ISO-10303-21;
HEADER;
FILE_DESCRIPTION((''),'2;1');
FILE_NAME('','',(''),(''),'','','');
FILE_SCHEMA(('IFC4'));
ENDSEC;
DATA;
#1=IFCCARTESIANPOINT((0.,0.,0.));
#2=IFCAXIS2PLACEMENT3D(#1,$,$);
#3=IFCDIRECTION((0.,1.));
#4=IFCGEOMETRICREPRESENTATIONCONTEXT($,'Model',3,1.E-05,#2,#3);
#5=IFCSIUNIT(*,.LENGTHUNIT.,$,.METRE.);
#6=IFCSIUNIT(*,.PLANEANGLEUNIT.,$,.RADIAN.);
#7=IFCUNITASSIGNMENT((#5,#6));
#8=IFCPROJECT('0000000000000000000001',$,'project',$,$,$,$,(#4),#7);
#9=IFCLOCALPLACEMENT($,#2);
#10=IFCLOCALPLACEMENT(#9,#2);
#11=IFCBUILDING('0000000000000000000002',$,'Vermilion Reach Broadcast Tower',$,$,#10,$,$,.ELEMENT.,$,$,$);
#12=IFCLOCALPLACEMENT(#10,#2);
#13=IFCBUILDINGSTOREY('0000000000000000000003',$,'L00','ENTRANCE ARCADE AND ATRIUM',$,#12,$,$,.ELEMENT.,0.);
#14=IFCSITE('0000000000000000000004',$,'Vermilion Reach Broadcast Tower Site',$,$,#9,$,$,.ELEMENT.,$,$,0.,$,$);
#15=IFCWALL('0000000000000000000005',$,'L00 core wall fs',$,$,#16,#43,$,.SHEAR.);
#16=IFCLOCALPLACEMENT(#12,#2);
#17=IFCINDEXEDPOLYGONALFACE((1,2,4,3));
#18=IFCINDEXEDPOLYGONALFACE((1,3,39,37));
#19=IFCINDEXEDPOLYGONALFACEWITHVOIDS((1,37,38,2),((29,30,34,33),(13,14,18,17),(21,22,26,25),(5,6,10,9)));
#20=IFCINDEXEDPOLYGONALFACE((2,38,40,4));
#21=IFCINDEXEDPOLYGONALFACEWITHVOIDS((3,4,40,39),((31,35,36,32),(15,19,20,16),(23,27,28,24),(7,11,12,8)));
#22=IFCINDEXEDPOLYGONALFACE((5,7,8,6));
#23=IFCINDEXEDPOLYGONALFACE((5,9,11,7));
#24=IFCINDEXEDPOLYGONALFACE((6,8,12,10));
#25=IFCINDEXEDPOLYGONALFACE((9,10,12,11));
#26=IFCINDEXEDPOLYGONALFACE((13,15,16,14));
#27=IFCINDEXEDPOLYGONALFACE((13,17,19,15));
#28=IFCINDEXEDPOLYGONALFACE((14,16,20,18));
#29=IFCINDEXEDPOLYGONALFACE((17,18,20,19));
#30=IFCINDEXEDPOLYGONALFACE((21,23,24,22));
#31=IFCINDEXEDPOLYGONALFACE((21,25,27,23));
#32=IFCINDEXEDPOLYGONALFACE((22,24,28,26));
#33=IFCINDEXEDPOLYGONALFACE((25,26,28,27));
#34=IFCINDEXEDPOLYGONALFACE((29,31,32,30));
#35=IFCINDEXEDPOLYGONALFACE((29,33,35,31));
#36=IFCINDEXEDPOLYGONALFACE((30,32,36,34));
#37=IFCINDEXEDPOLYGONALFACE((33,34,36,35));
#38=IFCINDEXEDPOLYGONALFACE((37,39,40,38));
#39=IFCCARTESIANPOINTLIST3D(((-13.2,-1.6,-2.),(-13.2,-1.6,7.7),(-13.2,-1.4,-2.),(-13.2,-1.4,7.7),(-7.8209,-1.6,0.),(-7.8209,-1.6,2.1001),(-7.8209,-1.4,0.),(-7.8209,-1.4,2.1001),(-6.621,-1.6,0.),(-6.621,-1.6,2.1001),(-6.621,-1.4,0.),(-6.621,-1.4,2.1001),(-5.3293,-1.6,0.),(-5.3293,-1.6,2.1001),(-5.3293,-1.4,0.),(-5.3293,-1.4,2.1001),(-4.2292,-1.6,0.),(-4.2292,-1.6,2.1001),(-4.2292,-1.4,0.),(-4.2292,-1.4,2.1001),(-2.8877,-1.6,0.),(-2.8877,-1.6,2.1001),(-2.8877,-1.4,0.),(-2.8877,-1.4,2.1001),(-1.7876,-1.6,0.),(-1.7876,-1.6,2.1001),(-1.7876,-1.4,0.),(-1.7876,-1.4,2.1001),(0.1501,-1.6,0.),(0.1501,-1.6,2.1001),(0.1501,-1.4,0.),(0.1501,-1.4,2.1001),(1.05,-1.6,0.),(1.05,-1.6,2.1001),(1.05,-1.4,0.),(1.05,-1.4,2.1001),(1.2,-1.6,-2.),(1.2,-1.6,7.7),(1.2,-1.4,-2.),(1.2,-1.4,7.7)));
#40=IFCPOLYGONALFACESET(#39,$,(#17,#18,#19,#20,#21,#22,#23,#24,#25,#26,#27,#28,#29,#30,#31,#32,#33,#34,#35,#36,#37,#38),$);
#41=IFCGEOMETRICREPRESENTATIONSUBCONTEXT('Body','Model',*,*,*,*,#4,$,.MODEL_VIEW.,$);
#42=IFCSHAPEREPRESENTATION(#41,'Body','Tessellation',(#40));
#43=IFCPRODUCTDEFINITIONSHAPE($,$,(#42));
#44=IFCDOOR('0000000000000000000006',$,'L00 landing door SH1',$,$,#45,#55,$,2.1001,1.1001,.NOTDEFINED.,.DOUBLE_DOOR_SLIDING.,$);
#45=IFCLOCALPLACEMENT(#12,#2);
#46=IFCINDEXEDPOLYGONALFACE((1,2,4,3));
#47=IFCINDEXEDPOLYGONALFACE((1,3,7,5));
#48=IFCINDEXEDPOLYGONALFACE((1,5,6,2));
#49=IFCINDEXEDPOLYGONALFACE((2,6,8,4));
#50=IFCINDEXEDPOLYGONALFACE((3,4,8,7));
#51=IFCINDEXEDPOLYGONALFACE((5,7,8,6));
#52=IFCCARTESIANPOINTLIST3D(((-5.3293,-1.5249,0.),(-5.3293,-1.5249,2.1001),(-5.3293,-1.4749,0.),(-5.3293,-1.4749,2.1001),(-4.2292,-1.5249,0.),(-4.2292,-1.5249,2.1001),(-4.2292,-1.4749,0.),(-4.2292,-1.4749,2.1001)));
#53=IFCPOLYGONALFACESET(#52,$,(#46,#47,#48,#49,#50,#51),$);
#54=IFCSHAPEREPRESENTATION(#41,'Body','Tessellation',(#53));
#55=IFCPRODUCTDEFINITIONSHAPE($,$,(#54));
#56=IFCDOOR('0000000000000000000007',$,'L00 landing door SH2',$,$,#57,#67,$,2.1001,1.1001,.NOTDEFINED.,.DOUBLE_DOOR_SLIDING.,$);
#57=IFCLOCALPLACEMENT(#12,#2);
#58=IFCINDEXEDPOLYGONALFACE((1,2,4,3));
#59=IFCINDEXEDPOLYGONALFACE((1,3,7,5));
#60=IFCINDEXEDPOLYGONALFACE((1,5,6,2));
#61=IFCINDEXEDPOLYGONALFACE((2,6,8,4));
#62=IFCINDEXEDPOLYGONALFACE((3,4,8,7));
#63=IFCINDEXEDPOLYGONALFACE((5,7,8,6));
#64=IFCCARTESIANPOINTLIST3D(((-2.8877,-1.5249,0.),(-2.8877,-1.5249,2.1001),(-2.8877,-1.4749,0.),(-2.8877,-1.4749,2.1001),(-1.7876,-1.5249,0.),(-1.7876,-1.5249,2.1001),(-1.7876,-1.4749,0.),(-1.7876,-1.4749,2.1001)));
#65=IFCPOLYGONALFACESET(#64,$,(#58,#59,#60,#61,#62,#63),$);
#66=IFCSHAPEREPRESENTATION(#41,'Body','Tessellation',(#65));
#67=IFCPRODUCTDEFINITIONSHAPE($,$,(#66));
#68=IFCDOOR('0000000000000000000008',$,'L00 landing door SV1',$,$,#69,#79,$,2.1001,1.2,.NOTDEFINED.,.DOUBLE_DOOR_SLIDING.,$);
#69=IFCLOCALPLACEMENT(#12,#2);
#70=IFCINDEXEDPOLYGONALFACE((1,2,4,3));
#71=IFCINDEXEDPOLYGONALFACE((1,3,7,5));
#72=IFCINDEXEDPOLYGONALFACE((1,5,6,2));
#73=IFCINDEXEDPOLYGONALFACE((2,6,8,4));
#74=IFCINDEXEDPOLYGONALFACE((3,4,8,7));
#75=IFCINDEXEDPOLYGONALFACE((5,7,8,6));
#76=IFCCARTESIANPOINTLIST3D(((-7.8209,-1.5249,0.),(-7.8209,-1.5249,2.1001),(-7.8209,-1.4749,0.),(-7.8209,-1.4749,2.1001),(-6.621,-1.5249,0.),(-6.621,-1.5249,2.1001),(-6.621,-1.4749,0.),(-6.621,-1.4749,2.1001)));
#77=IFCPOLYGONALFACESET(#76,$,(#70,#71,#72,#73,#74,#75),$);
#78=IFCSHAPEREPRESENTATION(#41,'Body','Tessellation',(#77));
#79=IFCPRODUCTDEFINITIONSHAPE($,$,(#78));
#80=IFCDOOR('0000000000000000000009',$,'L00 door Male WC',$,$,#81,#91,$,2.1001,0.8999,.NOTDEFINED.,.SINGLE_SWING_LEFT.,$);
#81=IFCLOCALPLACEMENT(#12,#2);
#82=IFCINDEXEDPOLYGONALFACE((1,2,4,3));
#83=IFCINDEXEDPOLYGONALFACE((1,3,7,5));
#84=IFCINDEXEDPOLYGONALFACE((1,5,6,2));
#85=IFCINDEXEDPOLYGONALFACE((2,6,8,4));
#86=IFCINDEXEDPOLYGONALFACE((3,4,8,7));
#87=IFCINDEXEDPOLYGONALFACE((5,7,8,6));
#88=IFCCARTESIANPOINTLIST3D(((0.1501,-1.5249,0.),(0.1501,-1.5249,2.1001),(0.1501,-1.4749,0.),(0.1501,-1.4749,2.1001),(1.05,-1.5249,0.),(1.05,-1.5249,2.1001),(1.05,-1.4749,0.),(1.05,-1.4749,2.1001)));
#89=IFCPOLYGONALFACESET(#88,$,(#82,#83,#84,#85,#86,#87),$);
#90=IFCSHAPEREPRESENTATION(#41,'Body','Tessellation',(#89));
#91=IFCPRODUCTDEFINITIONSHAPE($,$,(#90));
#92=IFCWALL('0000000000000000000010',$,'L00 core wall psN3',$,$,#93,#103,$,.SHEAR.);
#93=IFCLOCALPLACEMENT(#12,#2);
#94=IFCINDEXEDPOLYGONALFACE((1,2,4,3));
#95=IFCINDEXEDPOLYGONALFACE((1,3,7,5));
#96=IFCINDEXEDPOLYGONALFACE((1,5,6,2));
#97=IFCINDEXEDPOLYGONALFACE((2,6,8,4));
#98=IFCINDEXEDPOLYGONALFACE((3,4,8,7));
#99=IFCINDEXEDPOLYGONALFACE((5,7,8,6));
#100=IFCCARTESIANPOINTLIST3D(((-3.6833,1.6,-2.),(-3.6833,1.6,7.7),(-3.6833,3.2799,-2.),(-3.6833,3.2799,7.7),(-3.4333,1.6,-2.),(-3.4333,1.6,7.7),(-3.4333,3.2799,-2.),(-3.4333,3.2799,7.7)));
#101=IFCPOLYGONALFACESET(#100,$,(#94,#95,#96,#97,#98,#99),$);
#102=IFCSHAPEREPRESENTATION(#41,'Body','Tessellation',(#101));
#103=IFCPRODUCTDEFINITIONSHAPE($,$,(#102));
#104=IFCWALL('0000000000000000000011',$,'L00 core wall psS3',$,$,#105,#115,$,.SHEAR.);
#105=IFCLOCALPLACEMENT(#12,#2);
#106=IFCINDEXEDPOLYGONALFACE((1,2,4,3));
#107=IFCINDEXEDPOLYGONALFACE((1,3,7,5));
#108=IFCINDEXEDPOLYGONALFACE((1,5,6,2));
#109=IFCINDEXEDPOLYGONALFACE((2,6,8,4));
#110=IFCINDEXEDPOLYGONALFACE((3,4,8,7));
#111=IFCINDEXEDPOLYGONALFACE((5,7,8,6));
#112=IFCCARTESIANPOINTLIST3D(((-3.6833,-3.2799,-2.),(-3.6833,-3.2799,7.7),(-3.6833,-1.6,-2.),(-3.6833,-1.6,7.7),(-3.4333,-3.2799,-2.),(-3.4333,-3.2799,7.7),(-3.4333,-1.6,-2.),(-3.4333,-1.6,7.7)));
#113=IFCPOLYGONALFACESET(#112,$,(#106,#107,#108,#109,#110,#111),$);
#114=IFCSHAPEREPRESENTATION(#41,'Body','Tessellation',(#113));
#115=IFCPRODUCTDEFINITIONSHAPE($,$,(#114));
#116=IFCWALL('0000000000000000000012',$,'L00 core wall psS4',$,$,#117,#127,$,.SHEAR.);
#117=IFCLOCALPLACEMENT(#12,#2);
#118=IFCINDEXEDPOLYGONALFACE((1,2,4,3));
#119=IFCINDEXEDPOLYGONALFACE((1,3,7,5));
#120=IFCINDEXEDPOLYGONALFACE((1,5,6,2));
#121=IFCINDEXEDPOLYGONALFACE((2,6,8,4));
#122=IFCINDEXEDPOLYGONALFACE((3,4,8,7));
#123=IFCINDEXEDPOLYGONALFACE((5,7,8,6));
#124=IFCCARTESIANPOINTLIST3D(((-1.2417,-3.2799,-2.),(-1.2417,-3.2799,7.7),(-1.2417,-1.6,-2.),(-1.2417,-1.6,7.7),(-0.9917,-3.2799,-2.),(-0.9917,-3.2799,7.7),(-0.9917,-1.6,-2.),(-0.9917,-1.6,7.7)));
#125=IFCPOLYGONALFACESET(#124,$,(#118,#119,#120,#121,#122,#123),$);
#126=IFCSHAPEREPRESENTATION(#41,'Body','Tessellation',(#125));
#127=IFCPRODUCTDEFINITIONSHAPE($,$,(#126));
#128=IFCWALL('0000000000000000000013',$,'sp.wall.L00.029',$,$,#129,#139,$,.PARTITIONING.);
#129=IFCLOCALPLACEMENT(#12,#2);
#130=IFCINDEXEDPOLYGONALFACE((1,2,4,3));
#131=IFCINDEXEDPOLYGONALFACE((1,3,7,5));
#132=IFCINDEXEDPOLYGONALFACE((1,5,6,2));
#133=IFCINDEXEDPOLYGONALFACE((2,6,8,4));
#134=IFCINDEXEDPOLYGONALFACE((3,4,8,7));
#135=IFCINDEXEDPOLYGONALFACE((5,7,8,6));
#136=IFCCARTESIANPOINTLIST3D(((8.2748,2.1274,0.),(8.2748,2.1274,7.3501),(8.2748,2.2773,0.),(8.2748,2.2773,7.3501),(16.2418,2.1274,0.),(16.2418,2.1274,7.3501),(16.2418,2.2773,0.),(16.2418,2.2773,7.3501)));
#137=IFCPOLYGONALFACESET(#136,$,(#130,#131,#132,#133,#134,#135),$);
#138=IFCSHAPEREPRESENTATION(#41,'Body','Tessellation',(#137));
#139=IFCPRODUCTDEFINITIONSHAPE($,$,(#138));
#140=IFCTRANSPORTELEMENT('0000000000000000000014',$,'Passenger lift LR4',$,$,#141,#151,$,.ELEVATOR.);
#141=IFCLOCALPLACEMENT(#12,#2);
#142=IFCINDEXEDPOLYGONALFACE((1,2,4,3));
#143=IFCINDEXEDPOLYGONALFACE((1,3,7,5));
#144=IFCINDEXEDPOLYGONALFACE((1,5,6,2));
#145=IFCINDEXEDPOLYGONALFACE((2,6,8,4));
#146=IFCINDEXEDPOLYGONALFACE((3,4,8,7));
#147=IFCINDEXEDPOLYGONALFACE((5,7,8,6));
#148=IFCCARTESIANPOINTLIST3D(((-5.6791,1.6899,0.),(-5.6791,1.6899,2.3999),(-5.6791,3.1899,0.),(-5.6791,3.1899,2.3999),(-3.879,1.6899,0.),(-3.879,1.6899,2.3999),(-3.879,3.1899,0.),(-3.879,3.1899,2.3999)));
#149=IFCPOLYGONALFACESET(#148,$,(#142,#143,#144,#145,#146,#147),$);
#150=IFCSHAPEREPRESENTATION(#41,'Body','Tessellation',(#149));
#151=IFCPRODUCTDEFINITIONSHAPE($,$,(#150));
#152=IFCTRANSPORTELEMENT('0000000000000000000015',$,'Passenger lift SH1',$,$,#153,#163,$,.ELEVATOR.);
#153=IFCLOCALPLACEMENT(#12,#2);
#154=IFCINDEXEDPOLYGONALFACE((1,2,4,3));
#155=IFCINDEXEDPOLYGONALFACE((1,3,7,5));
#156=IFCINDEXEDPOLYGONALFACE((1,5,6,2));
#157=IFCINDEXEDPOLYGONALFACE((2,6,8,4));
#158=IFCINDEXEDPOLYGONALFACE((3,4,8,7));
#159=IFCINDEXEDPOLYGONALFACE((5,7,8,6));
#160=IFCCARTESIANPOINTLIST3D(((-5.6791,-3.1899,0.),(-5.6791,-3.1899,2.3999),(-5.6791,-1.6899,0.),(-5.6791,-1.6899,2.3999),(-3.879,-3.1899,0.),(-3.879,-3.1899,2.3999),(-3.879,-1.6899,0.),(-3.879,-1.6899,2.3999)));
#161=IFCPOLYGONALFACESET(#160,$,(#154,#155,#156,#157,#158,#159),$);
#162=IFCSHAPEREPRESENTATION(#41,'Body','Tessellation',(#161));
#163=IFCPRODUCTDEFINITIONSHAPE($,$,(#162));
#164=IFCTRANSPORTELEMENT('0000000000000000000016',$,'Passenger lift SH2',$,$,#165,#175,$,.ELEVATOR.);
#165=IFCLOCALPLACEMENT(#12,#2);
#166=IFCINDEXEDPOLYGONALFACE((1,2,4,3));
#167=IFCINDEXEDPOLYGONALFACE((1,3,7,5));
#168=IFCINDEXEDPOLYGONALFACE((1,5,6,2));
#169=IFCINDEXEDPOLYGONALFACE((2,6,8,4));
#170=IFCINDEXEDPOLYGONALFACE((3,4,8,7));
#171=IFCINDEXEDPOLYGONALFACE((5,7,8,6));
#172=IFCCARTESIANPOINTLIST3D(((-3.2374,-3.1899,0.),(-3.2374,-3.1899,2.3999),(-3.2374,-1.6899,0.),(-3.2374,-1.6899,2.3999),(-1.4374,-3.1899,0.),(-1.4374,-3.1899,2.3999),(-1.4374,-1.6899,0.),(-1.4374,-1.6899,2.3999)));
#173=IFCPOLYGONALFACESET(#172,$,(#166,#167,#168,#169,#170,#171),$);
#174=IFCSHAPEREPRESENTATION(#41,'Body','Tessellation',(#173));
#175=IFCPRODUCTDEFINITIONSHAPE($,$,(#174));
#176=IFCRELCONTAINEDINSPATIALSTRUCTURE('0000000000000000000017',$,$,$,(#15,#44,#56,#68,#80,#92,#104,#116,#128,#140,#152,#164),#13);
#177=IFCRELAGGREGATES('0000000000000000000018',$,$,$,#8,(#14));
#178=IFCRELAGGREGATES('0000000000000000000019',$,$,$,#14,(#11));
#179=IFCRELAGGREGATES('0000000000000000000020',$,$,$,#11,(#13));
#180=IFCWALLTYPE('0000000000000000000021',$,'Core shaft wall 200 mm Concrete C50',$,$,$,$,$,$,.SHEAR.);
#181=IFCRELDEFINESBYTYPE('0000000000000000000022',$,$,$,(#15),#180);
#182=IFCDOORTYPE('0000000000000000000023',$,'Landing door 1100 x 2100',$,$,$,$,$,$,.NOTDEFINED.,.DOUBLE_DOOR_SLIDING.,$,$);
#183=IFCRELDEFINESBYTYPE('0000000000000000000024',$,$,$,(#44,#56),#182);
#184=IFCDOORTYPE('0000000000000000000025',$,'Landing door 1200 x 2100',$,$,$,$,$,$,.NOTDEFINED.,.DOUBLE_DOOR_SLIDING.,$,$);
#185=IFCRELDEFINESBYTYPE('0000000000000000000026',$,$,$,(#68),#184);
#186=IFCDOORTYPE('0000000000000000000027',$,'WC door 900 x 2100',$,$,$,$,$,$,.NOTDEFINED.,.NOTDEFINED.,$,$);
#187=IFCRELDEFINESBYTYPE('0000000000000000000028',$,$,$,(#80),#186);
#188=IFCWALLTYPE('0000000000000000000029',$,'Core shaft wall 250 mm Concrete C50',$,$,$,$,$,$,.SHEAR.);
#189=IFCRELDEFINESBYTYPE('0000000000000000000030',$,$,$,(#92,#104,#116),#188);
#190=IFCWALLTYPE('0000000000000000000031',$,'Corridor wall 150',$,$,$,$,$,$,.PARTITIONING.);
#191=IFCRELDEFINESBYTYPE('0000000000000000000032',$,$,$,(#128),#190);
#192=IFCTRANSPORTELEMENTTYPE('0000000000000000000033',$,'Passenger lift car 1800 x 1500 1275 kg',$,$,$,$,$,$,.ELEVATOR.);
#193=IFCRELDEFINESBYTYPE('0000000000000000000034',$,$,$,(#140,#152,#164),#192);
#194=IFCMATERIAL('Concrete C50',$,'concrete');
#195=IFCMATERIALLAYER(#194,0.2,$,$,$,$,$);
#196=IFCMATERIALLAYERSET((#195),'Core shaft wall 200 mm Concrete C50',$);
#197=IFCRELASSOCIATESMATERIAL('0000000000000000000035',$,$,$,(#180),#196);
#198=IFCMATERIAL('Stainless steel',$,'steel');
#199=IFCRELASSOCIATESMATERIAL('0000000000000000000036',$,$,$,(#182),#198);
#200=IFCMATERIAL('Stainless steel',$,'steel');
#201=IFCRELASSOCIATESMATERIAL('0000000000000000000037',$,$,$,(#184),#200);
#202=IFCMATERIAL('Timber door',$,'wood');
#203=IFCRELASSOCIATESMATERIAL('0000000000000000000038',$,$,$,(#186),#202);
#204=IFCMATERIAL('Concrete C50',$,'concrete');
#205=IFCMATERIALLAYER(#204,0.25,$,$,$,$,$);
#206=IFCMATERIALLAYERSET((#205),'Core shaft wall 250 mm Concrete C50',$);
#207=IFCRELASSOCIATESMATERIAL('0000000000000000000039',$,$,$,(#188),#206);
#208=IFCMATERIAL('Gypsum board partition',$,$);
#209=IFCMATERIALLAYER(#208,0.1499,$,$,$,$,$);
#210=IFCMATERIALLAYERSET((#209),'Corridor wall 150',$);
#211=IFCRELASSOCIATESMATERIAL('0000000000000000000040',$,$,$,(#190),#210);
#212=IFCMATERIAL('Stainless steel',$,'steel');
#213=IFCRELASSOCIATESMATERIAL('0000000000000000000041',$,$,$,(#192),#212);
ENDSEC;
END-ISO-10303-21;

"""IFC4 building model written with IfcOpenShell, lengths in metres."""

from ifc_helpers import new_model, si_unit, direction, frame, frame_2d, origin, origin_2d, place, context, subcontext, project, spatial, rectangle, extrude, material, layer, layer_set, type_object, element, fill, save


model = new_model("IFC4")

# Units and contexts
model_context = context("Model", 3, precision=1e-05, world=origin(), true_north=direction((0.0, 1.0)))
body_context = subcontext(model_context, "Body", "Model", "MODEL_VIEW")
ifc_project = project(units=[si_unit("LENGTHUNIT", "METRE"), si_unit("PLANEANGLEUNIT", "RADIAN")], contexts=[model_context])

# Site, building, storey
site_placement = place(None, origin())
site = spatial("IfcSite", under=ifc_project, at=site_placement, Name="Vermilion Reach Broadcast Tower Site", CompositionType="ELEMENT", RefElevation=0.0)
building_placement = place(site_placement, origin())
building = spatial("IfcBuilding", under=site, at=building_placement, Name="Vermilion Reach Broadcast Tower", CompositionType="ELEMENT")
storey_placement = place(building_placement, origin())
storey = spatial("IfcBuildingStorey", under=building, at=storey_placement, Name="L00", Description="ENTRANCE ARCADE AND ATRIUM", CompositionType="ELEMENT", Elevation=0.0)

# Wall, openings, doors
ifc_material_1 = material(Name="Concrete C50", Category="concrete")
ifc_layer_1 = layer(ifc_material_1, 0.2)
ifc_layer_set_1 = layer_set([ifc_layer_1], Name="Core shaft wall 200 mm Concrete C50")
wall_type_1 = type_object("IfcWallType", Name="Core shaft wall 200 mm Concrete C50", PredefinedType="SHEAR", material=ifc_layer_set_1)
wall_1_placement = place(storey_placement, frame((1.2, -1.5, -2.0), z_axis=(0.0, 0.0, 1.0), x_axis=(-1.0, 0.0, 0.0)))
wall_1 = element("IfcWall", 1, at=wall_1_placement, inside=storey, type_object=wall_type_1, Name="L00 core wall fs", PredefinedType="SHEAR", context=body_context, shape_type="SweptSolid", body=[
    extrude(rectangle(XDim=14.3999, YDim=0.2, at=frame_2d((7.2, 0.0))), origin(), (0.0, 0.0, 1.0), 9.7),
])
opening_1_placement = place(wall_1_placement, frame((7.8208, 0.0, 2.0)))
opening_1 = element("IfcOpeningElement", 2, at=opening_1_placement, cuts=wall_1, PredefinedType="OPENING", context=body_context, shape_type="SweptSolid", body=[
    extrude(rectangle(XDim=1.2, YDim=2.1001, at=frame_2d((0.6001, 1.05))), frame((0.0, 0.1099, 0.0), z_axis=(0.0, -1.0, 0.0), x_axis=(1.0, 0.0, 0.0)), (0.0, 0.0, 1.0), 0.22),
])
opening_2_placement = place(wall_1_placement, frame((5.4292, 0.0, 2.0)))
opening_2 = element("IfcOpeningElement", 3, at=opening_2_placement, cuts=wall_1, PredefinedType="OPENING", context=body_context, shape_type="SweptSolid", body=[
    extrude(rectangle(XDim=1.1001, YDim=2.1001, at=frame_2d((0.55, 1.05))), frame((0.0, 0.1099, 0.0), z_axis=(0.0, -1.0, 0.0), x_axis=(1.0, 0.0, 0.0)), (0.0, 0.0, 1.0), 0.22),
])
opening_3_placement = place(wall_1_placement, frame((2.9875, 0.0, 2.0)))
opening_3 = element("IfcOpeningElement", 4, at=opening_3_placement, cuts=wall_1, PredefinedType="OPENING", context=body_context, shape_type="SweptSolid", body=[
    extrude(rectangle(XDim=1.1001, YDim=2.1001, at=frame_2d((0.55, 1.05))), frame((0.0, 0.1099, 0.0), z_axis=(0.0, -1.0, 0.0), x_axis=(1.0, 0.0, 0.0)), (0.0, 0.0, 1.0), 0.22),
])
opening_4_placement = place(wall_1_placement, frame((0.1499, 0.0, 2.0)))
opening_4 = element("IfcOpeningElement", 5, at=opening_4_placement, cuts=wall_1, PredefinedType="OPENING", context=body_context, shape_type="SweptSolid", body=[
    extrude(rectangle(XDim=0.8999, YDim=2.1001, at=frame_2d((0.45, 1.05))), frame((0.0, 0.1099, 0.0), z_axis=(0.0, -1.0, 0.0), x_axis=(1.0, 0.0, 0.0)), (0.0, 0.0, 1.0), 0.22),
])
ifc_material_2 = material(Name="Stainless steel", Category="steel")
door_type_1 = type_object("IfcDoorType", Name="Landing door 1100 x 2100", OperationType="DOUBLE_DOOR_SLIDING", PredefinedType="NOTDEFINED", material=ifc_material_2)
door_1_placement = place(opening_2_placement, origin())
door_1 = element("IfcDoor", 6, at=door_1_placement, inside=storey, type_object=door_type_1, Name="L00 landing door SH1", OperationType="DOUBLE_DOOR_SLIDING", OverallHeight=2.1001, OverallWidth=1.1001, PredefinedType="NOTDEFINED", context=body_context, shape_type="SweptSolid", body=[
    extrude(rectangle(XDim=1.1001, YDim=2.1001, at=frame_2d((0.55, 1.05))), frame((0.0, 0.0249, 0.0), z_axis=(0.0, -1.0, 0.0), x_axis=(1.0, 0.0, 0.0)), (0.0, 0.0, 1.0), 0.05),
])
fill(opening_2, door_1)
door_2_placement = place(opening_3_placement, origin())
door_2 = element("IfcDoor", 7, at=door_2_placement, inside=storey, type_object=door_type_1, Name="L00 landing door SH2", OperationType="DOUBLE_DOOR_SLIDING", OverallHeight=2.1001, OverallWidth=1.1001, PredefinedType="NOTDEFINED", context=body_context, shape_type="SweptSolid", body=[
    extrude(rectangle(XDim=1.1001, YDim=2.1001, at=frame_2d((0.55, 1.05))), frame((0.0, 0.0249, 0.0), z_axis=(0.0, -1.0, 0.0), x_axis=(1.0, 0.0, 0.0)), (0.0, 0.0, 1.0), 0.05),
])
fill(opening_3, door_2)
ifc_material_3 = material(Name="Stainless steel", Category="steel")
door_type_2 = type_object("IfcDoorType", Name="Landing door 1200 x 2100", OperationType="DOUBLE_DOOR_SLIDING", PredefinedType="NOTDEFINED", material=ifc_material_3)
door_3_placement = place(opening_1_placement, origin())
door_3 = element("IfcDoor", 8, at=door_3_placement, inside=storey, type_object=door_type_2, Name="L00 landing door SV1", OperationType="DOUBLE_DOOR_SLIDING", OverallHeight=2.1001, OverallWidth=1.2, PredefinedType="NOTDEFINED", context=body_context, shape_type="SweptSolid", body=[
    extrude(rectangle(XDim=1.2, YDim=2.1001, at=frame_2d((0.6001, 1.05))), frame((0.0, 0.0249, 0.0), z_axis=(0.0, -1.0, 0.0), x_axis=(1.0, 0.0, 0.0)), (0.0, 0.0, 1.0), 0.05),
])
fill(opening_1, door_3)
ifc_material_4 = material(Name="Timber door", Category="wood")
door_type_3 = type_object("IfcDoorType", Name="WC door 900 x 2100", OperationType="NOTDEFINED", PredefinedType="NOTDEFINED", material=ifc_material_4)
door_4_placement = place(opening_4_placement, origin())
door_4 = element("IfcDoor", 9, at=door_4_placement, inside=storey, type_object=door_type_3, Name="L00 door Male WC", OperationType="SINGLE_SWING_LEFT", OverallHeight=2.1001, OverallWidth=0.8999, PredefinedType="NOTDEFINED", context=body_context, shape_type="SweptSolid", body=[
    extrude(rectangle(XDim=0.8999, YDim=2.1001, at=frame_2d((0.45, 1.05))), frame((0.0, 0.0249, 0.0), z_axis=(0.0, -1.0, 0.0), x_axis=(1.0, 0.0, 0.0)), (0.0, 0.0, 1.0), 0.05),
])
fill(opening_4, door_4)

# Walls
ifc_material_5 = material(Name="Concrete C50", Category="concrete")
ifc_layer_2 = layer(ifc_material_5, 0.25)
ifc_layer_set_2 = layer_set([ifc_layer_2], Name="Core shaft wall 250 mm Concrete C50")
wall_type_2 = type_object("IfcWallType", Name="Core shaft wall 250 mm Concrete C50", PredefinedType="SHEAR", material=ifc_layer_set_2)
for number, where, z_axis, x_axis, name in (
    (10, (-3.5583, 1.6001, -2.0), (0.0, 0.0, 1.0), (0.0, 1.0, 0.0), "L00 core wall psN3"),
    (11, (-3.5583, -1.6001, -2.0), (0.0, 0.0, 1.0), (0.0, -1.0, 0.0), "L00 core wall psS3"),
    (12, (-1.1167, -1.6001, -2.0), (0.0, 0.0, 1.0), (0.0, -1.0, 0.0), "L00 core wall psS4"),
):
    element("IfcWall", number, at=place(storey_placement, frame(where, z_axis=z_axis, x_axis=x_axis)), inside=storey, type_object=wall_type_2, Name=name, PredefinedType="SHEAR", context=body_context, shape_type="SweptSolid", body=[
        extrude(rectangle(XDim=1.6799, YDim=0.25, at=frame_2d((0.8398, 0.0))), origin(), (0.0, 0.0, 1.0), 9.7),
    ])
ifc_material_6 = material(Name="Gypsum board partition")
ifc_layer_3 = layer(ifc_material_6, 0.1499)
ifc_layer_set_3 = layer_set([ifc_layer_3], Name="Corridor wall 150")
wall_type_3 = type_object("IfcWallType", Name="Corridor wall 150", PredefinedType="PARTITIONING", material=ifc_layer_set_3)
wall_2_placement = place(storey_placement, frame((8.2749, 2.2024, 0.0), z_axis=(0.0, 0.0, 1.0), x_axis=(1.0, 0.0, 0.0)))
element("IfcWall", 13, at=wall_2_placement, inside=storey, type_object=wall_type_3, Name="sp.wall.L00.029", PredefinedType="PARTITIONING", context=body_context, shape_type="SweptSolid", body=[
    extrude(rectangle(XDim=7.967, YDim=0.1499, at=frame_2d((3.9834, 0.0))), origin(), (0.0, 0.0, 1.0), 7.3501),
])

# Transport elements
ifc_material_7 = material(Name="Stainless steel", Category="steel")
transport_element_type = type_object("IfcTransportElementType", Name="Passenger lift car 1800 x 1500 1275 kg", PredefinedType="ELEVATOR", material=ifc_material_7)
for number, where, z_axis, x_axis, name in (
    (14, (-4.7791, 2.4399, 0.0), (0.0, 0.0, 1.0), (1.0, 0.0, 0.0), "Passenger lift LR4"),
    (15, (-4.7791, -2.4399, 0.0), (0.0, 0.0, 1.0), (1.0, 0.0, 0.0), "Passenger lift SH1"),
    (16, (-2.3374, -2.4399, 0.0), (0.0, 0.0, 1.0), (1.0, 0.0, 0.0), "Passenger lift SH2"),
):
    element("IfcTransportElement", number, at=place(storey_placement, frame(where, z_axis=z_axis, x_axis=x_axis)), inside=storey, type_object=transport_element_type, Name=name, PredefinedType="ELEVATOR", context=body_context, shape_type="SweptSolid", body=[
        extrude(rectangle(XDim=1.8, YDim=1.5, at=origin_2d()), origin(), (0.0, 0.0, 1.0), 2.3999),
    ])

save(model, "model.ifc")
